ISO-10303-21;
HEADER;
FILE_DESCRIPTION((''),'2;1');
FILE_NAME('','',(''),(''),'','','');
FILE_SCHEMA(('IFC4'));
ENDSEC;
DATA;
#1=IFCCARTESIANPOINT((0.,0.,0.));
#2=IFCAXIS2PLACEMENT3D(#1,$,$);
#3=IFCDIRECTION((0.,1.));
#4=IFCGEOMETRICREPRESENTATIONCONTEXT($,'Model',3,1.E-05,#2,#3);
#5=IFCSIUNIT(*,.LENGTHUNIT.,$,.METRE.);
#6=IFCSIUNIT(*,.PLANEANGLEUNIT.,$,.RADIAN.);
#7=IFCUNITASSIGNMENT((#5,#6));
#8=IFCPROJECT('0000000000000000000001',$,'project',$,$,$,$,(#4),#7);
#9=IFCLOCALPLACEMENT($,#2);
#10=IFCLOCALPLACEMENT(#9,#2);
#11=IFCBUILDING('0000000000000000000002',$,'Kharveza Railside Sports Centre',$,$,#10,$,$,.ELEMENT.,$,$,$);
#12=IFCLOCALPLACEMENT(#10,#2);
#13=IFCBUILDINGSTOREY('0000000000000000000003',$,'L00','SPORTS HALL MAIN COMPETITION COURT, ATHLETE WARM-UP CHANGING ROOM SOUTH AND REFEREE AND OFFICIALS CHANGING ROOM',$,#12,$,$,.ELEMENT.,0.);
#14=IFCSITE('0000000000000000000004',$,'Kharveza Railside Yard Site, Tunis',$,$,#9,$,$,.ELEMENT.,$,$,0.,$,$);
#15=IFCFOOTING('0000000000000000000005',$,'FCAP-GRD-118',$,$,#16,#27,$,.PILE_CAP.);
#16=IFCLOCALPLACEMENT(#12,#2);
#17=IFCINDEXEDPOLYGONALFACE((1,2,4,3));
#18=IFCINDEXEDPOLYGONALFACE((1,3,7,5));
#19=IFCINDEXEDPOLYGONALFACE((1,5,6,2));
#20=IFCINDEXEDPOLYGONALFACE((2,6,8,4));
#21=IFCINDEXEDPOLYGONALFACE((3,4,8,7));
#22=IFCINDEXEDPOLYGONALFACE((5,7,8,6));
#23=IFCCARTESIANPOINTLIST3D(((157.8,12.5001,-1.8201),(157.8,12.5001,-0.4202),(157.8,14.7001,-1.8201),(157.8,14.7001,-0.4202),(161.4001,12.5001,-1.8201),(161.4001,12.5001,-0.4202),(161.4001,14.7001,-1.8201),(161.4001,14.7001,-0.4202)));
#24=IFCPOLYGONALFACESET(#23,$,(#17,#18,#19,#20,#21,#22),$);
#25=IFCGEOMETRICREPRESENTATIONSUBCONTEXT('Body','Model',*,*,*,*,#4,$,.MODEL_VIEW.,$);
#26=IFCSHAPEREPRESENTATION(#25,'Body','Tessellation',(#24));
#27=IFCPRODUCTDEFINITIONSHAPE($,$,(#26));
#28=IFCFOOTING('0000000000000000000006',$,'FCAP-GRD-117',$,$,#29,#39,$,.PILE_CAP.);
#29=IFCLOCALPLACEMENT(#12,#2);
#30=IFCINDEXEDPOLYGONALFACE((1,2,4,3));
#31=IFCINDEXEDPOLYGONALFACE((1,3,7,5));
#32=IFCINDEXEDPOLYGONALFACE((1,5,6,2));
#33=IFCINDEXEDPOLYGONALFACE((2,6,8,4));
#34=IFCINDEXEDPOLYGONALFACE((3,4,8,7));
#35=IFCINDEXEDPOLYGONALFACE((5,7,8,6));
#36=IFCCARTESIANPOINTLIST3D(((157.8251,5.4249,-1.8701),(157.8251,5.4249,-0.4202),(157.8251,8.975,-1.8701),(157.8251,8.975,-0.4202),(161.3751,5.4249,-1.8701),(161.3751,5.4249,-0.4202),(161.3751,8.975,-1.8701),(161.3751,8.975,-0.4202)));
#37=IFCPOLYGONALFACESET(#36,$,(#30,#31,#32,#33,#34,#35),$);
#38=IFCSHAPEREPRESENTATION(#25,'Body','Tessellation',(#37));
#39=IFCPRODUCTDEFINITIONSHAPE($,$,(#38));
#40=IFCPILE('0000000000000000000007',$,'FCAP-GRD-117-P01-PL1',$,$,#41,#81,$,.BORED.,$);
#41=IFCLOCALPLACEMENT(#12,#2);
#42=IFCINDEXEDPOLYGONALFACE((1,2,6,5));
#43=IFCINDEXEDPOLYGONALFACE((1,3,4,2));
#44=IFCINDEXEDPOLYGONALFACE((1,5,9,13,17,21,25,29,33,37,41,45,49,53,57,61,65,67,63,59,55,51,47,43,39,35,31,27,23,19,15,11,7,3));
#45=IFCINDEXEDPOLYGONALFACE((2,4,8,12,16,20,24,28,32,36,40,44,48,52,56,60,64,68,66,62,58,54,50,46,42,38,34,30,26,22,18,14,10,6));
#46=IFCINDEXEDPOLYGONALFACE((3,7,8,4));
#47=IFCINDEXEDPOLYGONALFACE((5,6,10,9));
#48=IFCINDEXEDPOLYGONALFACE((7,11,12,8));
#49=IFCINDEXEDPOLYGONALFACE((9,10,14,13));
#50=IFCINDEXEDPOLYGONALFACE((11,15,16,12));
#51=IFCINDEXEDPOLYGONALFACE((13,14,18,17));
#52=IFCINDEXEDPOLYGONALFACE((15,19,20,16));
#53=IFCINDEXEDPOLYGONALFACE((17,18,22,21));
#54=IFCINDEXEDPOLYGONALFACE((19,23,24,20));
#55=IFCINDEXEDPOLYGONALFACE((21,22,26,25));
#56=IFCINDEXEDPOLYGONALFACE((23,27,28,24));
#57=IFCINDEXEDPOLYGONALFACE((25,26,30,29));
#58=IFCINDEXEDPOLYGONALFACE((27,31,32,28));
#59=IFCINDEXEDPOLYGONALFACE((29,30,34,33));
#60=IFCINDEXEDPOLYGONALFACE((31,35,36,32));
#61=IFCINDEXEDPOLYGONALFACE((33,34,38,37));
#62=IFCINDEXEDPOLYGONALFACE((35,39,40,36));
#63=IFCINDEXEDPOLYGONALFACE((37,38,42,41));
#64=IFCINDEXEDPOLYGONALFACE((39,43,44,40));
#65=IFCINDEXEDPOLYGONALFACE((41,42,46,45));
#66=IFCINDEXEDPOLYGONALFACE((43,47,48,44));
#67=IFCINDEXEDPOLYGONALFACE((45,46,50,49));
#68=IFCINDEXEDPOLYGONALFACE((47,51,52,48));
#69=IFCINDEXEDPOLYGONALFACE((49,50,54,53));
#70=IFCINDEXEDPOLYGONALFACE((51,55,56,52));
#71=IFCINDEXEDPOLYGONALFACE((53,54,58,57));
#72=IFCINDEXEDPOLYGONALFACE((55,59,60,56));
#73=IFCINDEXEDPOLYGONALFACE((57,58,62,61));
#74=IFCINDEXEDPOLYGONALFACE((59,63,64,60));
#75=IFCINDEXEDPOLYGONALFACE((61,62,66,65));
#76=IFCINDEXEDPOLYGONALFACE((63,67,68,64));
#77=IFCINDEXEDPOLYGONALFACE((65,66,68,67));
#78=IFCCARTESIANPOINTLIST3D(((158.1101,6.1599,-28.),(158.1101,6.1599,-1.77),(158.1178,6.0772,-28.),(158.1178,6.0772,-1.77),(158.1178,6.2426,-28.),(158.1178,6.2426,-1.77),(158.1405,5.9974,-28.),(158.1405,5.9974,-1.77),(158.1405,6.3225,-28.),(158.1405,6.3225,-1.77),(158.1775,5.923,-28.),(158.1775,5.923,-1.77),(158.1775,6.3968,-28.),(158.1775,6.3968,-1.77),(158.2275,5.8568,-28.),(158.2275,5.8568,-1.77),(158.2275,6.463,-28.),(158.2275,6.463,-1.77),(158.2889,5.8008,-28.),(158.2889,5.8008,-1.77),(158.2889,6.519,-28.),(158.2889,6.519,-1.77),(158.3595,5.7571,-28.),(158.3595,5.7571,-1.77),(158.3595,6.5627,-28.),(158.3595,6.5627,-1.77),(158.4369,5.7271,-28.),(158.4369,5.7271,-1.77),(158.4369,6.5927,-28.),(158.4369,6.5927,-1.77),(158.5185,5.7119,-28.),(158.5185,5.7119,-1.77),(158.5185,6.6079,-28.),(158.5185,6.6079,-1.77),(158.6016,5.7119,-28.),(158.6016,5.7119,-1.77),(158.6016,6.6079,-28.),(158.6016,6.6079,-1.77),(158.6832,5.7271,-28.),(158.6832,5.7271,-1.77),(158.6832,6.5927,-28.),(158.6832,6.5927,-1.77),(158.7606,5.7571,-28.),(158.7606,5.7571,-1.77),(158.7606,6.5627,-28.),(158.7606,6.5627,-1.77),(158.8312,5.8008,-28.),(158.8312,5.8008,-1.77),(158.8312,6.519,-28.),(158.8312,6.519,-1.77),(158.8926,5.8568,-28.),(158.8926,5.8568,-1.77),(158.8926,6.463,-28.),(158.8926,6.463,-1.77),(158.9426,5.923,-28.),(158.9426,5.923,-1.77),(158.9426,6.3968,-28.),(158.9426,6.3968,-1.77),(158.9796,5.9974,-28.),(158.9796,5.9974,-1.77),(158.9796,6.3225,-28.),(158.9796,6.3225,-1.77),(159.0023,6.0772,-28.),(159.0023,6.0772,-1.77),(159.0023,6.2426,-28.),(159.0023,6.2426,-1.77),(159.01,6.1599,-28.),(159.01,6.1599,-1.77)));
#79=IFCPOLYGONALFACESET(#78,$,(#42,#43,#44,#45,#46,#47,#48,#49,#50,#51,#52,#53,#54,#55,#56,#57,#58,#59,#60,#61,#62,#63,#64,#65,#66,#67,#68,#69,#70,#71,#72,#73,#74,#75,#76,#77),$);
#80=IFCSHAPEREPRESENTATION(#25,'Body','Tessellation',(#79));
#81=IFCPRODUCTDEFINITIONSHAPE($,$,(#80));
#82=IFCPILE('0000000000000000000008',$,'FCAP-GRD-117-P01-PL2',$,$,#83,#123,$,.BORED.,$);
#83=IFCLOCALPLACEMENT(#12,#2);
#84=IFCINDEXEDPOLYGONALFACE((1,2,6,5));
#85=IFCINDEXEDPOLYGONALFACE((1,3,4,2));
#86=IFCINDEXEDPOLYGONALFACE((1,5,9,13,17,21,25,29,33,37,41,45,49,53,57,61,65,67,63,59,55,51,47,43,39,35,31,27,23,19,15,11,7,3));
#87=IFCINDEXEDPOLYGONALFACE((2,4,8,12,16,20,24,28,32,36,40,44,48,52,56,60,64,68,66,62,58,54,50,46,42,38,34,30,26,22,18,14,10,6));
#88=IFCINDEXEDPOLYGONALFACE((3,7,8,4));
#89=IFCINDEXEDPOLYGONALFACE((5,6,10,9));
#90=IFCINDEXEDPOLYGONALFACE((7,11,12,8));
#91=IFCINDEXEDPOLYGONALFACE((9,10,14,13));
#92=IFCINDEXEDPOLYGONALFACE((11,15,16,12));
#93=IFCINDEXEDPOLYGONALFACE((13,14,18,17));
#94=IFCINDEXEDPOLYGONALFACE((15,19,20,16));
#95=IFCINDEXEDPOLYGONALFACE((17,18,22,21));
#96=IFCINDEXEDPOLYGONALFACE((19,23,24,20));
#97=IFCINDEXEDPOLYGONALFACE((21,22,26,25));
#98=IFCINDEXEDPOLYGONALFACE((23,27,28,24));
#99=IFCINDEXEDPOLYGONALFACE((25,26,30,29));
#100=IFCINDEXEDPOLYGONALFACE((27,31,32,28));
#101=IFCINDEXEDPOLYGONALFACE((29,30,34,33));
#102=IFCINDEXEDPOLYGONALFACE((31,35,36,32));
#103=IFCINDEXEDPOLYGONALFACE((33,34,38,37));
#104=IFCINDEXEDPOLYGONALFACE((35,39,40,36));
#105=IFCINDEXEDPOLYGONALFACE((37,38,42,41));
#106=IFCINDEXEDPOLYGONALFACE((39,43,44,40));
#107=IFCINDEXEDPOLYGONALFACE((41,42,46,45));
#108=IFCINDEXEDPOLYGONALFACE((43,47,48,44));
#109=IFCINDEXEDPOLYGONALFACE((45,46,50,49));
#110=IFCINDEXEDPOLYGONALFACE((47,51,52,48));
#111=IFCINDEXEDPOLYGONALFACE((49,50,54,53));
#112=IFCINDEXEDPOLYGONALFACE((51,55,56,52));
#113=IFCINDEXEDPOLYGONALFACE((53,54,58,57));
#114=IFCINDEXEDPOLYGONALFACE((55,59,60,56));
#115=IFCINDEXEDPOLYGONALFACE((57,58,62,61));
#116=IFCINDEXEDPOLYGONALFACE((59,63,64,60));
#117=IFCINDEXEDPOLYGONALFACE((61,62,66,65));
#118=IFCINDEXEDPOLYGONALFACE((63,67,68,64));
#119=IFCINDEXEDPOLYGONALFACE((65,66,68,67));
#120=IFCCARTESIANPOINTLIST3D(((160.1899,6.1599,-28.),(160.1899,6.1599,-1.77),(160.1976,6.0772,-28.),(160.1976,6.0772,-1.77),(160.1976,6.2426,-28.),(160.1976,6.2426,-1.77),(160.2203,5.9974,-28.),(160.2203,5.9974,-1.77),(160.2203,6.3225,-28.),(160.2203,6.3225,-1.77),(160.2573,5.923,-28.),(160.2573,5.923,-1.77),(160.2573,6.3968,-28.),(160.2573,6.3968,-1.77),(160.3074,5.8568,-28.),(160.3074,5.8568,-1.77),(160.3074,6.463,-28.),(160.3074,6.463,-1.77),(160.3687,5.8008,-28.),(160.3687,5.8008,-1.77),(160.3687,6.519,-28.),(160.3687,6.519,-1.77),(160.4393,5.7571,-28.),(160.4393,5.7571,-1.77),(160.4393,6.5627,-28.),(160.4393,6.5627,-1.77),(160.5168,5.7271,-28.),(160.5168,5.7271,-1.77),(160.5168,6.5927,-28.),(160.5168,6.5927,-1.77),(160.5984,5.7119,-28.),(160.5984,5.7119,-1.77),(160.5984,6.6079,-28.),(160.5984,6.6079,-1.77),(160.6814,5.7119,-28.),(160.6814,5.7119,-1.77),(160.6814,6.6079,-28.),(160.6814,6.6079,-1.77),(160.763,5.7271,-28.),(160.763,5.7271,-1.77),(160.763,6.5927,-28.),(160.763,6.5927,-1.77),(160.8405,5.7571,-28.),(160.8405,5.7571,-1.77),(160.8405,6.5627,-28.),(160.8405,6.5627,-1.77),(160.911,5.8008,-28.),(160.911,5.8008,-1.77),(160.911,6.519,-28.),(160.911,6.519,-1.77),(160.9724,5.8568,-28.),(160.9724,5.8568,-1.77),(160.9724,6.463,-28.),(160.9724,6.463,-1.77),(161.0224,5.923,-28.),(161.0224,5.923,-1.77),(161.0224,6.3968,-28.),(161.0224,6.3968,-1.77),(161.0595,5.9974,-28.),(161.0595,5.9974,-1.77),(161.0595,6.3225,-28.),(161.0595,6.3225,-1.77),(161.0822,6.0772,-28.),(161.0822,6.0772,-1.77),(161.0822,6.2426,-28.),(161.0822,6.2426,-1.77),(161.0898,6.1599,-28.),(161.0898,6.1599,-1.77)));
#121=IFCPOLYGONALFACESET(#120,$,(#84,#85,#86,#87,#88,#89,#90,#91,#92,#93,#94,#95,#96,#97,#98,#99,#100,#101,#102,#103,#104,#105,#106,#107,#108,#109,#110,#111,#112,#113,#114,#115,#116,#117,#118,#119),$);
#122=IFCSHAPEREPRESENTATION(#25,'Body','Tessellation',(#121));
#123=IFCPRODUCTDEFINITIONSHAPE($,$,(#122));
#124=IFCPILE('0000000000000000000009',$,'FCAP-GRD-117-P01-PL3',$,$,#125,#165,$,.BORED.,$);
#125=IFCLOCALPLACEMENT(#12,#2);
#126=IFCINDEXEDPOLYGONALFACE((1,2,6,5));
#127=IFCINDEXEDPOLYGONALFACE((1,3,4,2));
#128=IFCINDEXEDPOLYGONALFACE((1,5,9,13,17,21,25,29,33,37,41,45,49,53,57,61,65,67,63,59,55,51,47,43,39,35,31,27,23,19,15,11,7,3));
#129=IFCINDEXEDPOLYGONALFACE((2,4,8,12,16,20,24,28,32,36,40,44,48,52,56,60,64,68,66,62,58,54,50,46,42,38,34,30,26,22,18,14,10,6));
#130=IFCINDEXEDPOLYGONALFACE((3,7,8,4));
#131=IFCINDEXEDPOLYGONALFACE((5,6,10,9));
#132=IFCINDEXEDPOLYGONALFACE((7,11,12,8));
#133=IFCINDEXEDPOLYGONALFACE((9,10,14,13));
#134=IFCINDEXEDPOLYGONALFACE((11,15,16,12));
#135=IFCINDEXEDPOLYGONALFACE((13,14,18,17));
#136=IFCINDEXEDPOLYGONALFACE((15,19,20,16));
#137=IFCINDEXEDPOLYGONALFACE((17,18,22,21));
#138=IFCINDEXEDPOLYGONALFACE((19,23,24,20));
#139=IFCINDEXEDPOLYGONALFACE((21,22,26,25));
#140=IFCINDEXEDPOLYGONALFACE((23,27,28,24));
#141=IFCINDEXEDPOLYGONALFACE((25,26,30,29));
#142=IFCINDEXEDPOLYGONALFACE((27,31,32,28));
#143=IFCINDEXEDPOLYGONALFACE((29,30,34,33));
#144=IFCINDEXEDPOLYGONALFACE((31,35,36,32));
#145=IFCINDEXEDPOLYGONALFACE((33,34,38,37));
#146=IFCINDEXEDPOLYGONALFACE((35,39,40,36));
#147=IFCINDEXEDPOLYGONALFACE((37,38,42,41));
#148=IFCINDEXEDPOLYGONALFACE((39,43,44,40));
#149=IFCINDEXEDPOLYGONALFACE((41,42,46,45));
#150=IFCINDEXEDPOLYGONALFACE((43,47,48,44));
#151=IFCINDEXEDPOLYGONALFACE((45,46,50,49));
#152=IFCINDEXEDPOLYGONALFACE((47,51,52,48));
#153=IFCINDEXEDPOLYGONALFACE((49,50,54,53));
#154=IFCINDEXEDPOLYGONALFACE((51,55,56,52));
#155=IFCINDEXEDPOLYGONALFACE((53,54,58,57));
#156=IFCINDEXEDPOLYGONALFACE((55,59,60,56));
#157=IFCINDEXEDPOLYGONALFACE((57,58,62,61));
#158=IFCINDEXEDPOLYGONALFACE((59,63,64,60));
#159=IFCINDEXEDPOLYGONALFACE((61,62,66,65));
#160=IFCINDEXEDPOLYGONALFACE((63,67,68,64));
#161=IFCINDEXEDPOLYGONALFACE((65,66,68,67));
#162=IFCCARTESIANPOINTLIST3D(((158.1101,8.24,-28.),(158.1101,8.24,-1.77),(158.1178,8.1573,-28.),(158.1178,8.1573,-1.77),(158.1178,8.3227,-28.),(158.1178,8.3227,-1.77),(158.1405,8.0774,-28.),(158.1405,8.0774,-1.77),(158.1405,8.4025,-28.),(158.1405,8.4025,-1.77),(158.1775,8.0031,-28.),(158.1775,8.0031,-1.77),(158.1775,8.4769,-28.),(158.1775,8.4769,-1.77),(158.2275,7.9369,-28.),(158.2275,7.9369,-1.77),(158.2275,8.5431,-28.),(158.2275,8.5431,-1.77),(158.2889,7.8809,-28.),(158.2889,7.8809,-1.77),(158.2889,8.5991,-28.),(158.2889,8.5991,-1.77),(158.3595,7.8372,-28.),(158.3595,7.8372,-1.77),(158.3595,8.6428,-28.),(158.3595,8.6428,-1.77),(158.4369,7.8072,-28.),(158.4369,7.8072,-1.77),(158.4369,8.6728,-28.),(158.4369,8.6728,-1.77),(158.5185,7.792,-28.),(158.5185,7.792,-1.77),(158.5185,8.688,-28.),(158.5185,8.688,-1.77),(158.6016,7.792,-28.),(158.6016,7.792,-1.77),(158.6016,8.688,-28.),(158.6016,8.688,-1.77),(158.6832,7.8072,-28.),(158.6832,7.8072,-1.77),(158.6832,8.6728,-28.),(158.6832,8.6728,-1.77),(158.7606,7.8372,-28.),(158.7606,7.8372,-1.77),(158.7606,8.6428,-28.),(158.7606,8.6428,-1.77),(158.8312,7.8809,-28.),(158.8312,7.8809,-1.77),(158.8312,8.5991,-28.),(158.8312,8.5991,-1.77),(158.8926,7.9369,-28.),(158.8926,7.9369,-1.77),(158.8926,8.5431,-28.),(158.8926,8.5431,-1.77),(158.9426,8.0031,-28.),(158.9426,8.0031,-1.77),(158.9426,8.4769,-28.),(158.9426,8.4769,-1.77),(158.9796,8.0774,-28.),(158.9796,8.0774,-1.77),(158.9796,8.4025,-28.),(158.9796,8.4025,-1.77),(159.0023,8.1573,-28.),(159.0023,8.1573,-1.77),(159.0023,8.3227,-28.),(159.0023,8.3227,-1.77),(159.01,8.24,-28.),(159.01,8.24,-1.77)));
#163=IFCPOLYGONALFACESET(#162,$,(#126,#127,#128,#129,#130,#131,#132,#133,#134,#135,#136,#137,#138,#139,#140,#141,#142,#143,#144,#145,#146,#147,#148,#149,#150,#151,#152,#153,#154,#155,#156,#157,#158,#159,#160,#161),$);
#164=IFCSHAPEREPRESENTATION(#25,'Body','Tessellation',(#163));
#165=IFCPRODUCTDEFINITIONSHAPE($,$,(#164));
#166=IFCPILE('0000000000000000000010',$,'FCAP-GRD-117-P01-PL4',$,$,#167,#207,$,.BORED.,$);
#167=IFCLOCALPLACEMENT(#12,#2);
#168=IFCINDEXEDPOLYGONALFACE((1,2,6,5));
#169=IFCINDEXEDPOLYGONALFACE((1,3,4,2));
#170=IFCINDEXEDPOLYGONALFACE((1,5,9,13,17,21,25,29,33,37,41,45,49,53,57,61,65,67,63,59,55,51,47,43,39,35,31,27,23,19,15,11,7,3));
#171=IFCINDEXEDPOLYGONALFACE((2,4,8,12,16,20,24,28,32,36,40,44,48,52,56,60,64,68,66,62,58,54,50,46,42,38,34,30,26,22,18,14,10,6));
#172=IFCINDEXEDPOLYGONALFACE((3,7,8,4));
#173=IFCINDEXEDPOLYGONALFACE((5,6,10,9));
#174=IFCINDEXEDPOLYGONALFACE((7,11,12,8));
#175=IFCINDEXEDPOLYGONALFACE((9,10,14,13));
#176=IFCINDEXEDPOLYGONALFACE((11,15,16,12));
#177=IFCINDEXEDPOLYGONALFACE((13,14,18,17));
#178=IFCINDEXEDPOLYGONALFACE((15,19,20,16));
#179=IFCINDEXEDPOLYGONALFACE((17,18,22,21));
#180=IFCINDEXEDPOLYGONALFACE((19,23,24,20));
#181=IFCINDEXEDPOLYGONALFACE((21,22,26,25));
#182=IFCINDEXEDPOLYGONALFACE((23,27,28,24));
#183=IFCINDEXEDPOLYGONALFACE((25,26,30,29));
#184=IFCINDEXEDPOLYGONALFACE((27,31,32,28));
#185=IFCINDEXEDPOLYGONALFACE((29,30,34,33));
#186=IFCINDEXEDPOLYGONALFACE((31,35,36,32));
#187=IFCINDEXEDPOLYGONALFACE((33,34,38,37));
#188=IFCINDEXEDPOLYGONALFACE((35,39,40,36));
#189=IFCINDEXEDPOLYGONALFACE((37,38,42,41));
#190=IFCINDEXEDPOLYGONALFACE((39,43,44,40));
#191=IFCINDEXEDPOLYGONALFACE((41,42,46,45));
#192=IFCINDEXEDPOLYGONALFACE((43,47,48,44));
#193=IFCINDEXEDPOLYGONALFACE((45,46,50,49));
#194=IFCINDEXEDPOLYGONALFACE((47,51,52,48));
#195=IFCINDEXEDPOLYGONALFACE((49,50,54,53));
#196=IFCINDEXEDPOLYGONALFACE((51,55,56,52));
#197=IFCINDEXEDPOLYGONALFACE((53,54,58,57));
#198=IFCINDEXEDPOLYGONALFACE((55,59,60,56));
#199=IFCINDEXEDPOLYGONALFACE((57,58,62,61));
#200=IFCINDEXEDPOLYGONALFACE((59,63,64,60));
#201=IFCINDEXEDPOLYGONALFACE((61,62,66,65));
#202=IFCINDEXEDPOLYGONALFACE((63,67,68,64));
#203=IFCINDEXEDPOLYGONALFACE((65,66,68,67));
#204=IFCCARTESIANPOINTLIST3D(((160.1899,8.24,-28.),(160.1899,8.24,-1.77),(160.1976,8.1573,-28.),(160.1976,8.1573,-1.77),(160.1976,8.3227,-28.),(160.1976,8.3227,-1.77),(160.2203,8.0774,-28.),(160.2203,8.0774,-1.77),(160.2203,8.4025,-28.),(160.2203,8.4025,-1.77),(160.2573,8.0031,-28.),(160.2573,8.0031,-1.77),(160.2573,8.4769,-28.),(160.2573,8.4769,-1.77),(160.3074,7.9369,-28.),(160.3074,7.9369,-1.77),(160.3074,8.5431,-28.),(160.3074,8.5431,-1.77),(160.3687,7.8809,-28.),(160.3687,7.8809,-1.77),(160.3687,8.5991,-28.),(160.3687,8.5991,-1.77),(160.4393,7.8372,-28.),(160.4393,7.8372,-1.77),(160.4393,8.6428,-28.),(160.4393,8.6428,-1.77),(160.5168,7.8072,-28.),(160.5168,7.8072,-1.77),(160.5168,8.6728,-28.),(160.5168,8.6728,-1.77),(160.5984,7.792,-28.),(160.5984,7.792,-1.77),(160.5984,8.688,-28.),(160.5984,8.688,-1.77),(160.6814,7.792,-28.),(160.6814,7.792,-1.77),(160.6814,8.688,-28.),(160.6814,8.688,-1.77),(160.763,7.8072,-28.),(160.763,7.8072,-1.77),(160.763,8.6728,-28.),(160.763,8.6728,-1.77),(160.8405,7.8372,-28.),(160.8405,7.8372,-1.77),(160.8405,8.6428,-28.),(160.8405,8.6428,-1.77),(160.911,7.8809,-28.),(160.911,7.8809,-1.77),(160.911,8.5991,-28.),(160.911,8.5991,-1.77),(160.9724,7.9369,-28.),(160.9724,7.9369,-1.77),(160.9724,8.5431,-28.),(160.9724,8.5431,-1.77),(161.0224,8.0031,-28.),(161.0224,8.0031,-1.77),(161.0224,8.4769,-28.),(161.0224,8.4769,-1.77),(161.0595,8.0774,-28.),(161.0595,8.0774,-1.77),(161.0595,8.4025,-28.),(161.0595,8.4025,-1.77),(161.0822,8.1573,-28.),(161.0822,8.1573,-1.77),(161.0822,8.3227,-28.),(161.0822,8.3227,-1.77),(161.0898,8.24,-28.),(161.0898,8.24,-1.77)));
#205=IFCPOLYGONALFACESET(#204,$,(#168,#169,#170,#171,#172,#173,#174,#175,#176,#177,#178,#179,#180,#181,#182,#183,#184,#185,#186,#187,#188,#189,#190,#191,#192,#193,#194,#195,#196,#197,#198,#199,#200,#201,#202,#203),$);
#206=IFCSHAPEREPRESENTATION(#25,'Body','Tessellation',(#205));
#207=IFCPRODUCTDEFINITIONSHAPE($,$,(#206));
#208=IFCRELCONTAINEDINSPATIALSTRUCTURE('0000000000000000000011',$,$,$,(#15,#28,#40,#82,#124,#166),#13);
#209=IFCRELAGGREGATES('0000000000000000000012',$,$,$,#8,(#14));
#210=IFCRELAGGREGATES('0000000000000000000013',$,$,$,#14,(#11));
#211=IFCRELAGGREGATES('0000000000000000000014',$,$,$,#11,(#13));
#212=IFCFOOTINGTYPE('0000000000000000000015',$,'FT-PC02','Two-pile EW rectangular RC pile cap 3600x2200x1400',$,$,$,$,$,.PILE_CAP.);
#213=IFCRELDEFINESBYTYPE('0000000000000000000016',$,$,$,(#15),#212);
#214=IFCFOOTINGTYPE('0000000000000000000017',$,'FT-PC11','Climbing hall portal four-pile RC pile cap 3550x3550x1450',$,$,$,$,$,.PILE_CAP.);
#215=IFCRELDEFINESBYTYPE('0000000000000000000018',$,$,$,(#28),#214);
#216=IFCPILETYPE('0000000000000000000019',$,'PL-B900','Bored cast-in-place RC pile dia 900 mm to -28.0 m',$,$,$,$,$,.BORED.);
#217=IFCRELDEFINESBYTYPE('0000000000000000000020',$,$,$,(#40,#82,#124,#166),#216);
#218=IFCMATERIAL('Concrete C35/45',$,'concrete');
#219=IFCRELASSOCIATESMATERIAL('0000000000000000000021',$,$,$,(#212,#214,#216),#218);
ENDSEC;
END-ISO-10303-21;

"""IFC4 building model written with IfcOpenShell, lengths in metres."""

from ifc_helpers import new_model, si_unit, direction, frame, origin, origin_2d, place, context, subcontext, project, spatial, rectangle, circle, extrude, material, material_profile, profile_set, type_object, element, save


model = new_model("IFC4")

# Units and contexts
model_context = context("Model", 3, precision=1e-05, world=origin(), true_north=direction((0.0, 1.0)))
body_context = subcontext(model_context, "Body", "Model", "MODEL_VIEW")
ifc_project = project(units=[si_unit("LENGTHUNIT", "METRE"), si_unit("PLANEANGLEUNIT", "RADIAN")], contexts=[model_context])

# Site, building, storey
site_placement = place(None, origin())
site = spatial("IfcSite", under=ifc_project, at=site_placement, Name="Kharveza Railside Yard Site, Tunis", CompositionType="ELEMENT", RefElevation=0.0)
building_placement = place(site_placement, origin())
building = spatial("IfcBuilding", under=site, at=building_placement, Name="Kharveza Railside Sports Centre", CompositionType="ELEMENT")
storey_placement = place(building_placement, origin())
storey = spatial("IfcBuildingStorey", under=building, at=storey_placement, Name="L00", Description="SPORTS HALL MAIN COMPETITION COURT, ATHLETE WARM-UP CHANGING ROOM SOUTH AND REFEREE AND OFFICIALS CHANGING ROOM", CompositionType="ELEMENT", Elevation=0.0)

# Footings
ifc_material_1 = material(Name="Concrete C35/45", Category="concrete")
footing_type_1 = type_object("IfcFootingType", Name="FT-PC02", Description="Two-pile EW rectangular RC pile cap 3600x2200x1400", PredefinedType="PILE_CAP", material=ifc_material_1)
footing_1_placement = place(storey_placement, frame((159.6001, 13.6001, -1.8201), z_axis=(0.0, 0.0, 1.0), x_axis=(1.0, 0.0, 0.0)))
element("IfcFooting", 1, at=footing_1_placement, inside=storey, type_object=footing_type_1, Name="FCAP-GRD-118", PredefinedType="PILE_CAP", context=body_context, shape_type="SweptSolid", body=[
    extrude(rectangle(XDim=3.6001, YDim=2.2, at=origin_2d()), origin(), (0.0, 0.0, 1.0), 1.3999),
])
footing_type_2 = type_object("IfcFootingType", Name="FT-PC11", Description="Climbing hall portal four-pile RC pile cap 3550x3550x1450", PredefinedType="PILE_CAP", material=ifc_material_1)
footing_2_placement = place(storey_placement, frame((159.6001, 7.2, -1.8701), z_axis=(0.0, 0.0, 1.0), x_axis=(1.0, 0.0, 0.0)))
element("IfcFooting", 2, at=footing_2_placement, inside=storey, type_object=footing_type_2, Name="FCAP-GRD-117", PredefinedType="PILE_CAP", context=body_context, shape_type="SweptSolid", body=[
    extrude(rectangle(XDim=3.55, YDim=3.55, at=origin_2d()), origin(), (0.0, 0.0, 1.0), 1.45),
])

# Piles
ifc_material_profile_1 = material_profile(ifc_material_1, circle(Radius=0.45, at=origin_2d()), Name="PILE D900")
ifc_profile_set_1 = profile_set([ifc_material_profile_1], Name="Concrete C35/45")
pile_type = type_object("IfcPileType", Name="PL-B900", Description="Bored cast-in-place RC pile dia 900 mm to -28.0 m", PredefinedType="BORED", material=ifc_profile_set_1)
for number, where, z_axis, x_axis, name in (
    (3, (158.5601, 6.1599, -1.77), (0.0, 0.0, -1.0), (1.0, 0.0, 0.0), "FCAP-GRD-117-P01-PL1"),
    (4, (160.6399, 6.1599, -1.77), (0.0, 0.0, -1.0), (1.0, 0.0, 0.0), "FCAP-GRD-117-P01-PL2"),
    (5, (158.5601, 8.24, -1.77), (0.0, 0.0, -1.0), (1.0, 0.0, 0.0), "FCAP-GRD-117-P01-PL3"),
    (6, (160.6399, 8.24, -1.77), (0.0, 0.0, -1.0), (1.0, 0.0, 0.0), "FCAP-GRD-117-P01-PL4"),
):
    element("IfcPile", number, at=place(storey_placement, frame(where, z_axis=z_axis, x_axis=x_axis)), inside=storey, type_object=pile_type, Name=name, PredefinedType="BORED", context=body_context, shape_type="SweptSolid", body=[
        extrude(circle(Radius=0.45, at=origin_2d()), origin(), (0.0, 0.0, 1.0), 26.23),
    ])

save(model, "model.ifc")
